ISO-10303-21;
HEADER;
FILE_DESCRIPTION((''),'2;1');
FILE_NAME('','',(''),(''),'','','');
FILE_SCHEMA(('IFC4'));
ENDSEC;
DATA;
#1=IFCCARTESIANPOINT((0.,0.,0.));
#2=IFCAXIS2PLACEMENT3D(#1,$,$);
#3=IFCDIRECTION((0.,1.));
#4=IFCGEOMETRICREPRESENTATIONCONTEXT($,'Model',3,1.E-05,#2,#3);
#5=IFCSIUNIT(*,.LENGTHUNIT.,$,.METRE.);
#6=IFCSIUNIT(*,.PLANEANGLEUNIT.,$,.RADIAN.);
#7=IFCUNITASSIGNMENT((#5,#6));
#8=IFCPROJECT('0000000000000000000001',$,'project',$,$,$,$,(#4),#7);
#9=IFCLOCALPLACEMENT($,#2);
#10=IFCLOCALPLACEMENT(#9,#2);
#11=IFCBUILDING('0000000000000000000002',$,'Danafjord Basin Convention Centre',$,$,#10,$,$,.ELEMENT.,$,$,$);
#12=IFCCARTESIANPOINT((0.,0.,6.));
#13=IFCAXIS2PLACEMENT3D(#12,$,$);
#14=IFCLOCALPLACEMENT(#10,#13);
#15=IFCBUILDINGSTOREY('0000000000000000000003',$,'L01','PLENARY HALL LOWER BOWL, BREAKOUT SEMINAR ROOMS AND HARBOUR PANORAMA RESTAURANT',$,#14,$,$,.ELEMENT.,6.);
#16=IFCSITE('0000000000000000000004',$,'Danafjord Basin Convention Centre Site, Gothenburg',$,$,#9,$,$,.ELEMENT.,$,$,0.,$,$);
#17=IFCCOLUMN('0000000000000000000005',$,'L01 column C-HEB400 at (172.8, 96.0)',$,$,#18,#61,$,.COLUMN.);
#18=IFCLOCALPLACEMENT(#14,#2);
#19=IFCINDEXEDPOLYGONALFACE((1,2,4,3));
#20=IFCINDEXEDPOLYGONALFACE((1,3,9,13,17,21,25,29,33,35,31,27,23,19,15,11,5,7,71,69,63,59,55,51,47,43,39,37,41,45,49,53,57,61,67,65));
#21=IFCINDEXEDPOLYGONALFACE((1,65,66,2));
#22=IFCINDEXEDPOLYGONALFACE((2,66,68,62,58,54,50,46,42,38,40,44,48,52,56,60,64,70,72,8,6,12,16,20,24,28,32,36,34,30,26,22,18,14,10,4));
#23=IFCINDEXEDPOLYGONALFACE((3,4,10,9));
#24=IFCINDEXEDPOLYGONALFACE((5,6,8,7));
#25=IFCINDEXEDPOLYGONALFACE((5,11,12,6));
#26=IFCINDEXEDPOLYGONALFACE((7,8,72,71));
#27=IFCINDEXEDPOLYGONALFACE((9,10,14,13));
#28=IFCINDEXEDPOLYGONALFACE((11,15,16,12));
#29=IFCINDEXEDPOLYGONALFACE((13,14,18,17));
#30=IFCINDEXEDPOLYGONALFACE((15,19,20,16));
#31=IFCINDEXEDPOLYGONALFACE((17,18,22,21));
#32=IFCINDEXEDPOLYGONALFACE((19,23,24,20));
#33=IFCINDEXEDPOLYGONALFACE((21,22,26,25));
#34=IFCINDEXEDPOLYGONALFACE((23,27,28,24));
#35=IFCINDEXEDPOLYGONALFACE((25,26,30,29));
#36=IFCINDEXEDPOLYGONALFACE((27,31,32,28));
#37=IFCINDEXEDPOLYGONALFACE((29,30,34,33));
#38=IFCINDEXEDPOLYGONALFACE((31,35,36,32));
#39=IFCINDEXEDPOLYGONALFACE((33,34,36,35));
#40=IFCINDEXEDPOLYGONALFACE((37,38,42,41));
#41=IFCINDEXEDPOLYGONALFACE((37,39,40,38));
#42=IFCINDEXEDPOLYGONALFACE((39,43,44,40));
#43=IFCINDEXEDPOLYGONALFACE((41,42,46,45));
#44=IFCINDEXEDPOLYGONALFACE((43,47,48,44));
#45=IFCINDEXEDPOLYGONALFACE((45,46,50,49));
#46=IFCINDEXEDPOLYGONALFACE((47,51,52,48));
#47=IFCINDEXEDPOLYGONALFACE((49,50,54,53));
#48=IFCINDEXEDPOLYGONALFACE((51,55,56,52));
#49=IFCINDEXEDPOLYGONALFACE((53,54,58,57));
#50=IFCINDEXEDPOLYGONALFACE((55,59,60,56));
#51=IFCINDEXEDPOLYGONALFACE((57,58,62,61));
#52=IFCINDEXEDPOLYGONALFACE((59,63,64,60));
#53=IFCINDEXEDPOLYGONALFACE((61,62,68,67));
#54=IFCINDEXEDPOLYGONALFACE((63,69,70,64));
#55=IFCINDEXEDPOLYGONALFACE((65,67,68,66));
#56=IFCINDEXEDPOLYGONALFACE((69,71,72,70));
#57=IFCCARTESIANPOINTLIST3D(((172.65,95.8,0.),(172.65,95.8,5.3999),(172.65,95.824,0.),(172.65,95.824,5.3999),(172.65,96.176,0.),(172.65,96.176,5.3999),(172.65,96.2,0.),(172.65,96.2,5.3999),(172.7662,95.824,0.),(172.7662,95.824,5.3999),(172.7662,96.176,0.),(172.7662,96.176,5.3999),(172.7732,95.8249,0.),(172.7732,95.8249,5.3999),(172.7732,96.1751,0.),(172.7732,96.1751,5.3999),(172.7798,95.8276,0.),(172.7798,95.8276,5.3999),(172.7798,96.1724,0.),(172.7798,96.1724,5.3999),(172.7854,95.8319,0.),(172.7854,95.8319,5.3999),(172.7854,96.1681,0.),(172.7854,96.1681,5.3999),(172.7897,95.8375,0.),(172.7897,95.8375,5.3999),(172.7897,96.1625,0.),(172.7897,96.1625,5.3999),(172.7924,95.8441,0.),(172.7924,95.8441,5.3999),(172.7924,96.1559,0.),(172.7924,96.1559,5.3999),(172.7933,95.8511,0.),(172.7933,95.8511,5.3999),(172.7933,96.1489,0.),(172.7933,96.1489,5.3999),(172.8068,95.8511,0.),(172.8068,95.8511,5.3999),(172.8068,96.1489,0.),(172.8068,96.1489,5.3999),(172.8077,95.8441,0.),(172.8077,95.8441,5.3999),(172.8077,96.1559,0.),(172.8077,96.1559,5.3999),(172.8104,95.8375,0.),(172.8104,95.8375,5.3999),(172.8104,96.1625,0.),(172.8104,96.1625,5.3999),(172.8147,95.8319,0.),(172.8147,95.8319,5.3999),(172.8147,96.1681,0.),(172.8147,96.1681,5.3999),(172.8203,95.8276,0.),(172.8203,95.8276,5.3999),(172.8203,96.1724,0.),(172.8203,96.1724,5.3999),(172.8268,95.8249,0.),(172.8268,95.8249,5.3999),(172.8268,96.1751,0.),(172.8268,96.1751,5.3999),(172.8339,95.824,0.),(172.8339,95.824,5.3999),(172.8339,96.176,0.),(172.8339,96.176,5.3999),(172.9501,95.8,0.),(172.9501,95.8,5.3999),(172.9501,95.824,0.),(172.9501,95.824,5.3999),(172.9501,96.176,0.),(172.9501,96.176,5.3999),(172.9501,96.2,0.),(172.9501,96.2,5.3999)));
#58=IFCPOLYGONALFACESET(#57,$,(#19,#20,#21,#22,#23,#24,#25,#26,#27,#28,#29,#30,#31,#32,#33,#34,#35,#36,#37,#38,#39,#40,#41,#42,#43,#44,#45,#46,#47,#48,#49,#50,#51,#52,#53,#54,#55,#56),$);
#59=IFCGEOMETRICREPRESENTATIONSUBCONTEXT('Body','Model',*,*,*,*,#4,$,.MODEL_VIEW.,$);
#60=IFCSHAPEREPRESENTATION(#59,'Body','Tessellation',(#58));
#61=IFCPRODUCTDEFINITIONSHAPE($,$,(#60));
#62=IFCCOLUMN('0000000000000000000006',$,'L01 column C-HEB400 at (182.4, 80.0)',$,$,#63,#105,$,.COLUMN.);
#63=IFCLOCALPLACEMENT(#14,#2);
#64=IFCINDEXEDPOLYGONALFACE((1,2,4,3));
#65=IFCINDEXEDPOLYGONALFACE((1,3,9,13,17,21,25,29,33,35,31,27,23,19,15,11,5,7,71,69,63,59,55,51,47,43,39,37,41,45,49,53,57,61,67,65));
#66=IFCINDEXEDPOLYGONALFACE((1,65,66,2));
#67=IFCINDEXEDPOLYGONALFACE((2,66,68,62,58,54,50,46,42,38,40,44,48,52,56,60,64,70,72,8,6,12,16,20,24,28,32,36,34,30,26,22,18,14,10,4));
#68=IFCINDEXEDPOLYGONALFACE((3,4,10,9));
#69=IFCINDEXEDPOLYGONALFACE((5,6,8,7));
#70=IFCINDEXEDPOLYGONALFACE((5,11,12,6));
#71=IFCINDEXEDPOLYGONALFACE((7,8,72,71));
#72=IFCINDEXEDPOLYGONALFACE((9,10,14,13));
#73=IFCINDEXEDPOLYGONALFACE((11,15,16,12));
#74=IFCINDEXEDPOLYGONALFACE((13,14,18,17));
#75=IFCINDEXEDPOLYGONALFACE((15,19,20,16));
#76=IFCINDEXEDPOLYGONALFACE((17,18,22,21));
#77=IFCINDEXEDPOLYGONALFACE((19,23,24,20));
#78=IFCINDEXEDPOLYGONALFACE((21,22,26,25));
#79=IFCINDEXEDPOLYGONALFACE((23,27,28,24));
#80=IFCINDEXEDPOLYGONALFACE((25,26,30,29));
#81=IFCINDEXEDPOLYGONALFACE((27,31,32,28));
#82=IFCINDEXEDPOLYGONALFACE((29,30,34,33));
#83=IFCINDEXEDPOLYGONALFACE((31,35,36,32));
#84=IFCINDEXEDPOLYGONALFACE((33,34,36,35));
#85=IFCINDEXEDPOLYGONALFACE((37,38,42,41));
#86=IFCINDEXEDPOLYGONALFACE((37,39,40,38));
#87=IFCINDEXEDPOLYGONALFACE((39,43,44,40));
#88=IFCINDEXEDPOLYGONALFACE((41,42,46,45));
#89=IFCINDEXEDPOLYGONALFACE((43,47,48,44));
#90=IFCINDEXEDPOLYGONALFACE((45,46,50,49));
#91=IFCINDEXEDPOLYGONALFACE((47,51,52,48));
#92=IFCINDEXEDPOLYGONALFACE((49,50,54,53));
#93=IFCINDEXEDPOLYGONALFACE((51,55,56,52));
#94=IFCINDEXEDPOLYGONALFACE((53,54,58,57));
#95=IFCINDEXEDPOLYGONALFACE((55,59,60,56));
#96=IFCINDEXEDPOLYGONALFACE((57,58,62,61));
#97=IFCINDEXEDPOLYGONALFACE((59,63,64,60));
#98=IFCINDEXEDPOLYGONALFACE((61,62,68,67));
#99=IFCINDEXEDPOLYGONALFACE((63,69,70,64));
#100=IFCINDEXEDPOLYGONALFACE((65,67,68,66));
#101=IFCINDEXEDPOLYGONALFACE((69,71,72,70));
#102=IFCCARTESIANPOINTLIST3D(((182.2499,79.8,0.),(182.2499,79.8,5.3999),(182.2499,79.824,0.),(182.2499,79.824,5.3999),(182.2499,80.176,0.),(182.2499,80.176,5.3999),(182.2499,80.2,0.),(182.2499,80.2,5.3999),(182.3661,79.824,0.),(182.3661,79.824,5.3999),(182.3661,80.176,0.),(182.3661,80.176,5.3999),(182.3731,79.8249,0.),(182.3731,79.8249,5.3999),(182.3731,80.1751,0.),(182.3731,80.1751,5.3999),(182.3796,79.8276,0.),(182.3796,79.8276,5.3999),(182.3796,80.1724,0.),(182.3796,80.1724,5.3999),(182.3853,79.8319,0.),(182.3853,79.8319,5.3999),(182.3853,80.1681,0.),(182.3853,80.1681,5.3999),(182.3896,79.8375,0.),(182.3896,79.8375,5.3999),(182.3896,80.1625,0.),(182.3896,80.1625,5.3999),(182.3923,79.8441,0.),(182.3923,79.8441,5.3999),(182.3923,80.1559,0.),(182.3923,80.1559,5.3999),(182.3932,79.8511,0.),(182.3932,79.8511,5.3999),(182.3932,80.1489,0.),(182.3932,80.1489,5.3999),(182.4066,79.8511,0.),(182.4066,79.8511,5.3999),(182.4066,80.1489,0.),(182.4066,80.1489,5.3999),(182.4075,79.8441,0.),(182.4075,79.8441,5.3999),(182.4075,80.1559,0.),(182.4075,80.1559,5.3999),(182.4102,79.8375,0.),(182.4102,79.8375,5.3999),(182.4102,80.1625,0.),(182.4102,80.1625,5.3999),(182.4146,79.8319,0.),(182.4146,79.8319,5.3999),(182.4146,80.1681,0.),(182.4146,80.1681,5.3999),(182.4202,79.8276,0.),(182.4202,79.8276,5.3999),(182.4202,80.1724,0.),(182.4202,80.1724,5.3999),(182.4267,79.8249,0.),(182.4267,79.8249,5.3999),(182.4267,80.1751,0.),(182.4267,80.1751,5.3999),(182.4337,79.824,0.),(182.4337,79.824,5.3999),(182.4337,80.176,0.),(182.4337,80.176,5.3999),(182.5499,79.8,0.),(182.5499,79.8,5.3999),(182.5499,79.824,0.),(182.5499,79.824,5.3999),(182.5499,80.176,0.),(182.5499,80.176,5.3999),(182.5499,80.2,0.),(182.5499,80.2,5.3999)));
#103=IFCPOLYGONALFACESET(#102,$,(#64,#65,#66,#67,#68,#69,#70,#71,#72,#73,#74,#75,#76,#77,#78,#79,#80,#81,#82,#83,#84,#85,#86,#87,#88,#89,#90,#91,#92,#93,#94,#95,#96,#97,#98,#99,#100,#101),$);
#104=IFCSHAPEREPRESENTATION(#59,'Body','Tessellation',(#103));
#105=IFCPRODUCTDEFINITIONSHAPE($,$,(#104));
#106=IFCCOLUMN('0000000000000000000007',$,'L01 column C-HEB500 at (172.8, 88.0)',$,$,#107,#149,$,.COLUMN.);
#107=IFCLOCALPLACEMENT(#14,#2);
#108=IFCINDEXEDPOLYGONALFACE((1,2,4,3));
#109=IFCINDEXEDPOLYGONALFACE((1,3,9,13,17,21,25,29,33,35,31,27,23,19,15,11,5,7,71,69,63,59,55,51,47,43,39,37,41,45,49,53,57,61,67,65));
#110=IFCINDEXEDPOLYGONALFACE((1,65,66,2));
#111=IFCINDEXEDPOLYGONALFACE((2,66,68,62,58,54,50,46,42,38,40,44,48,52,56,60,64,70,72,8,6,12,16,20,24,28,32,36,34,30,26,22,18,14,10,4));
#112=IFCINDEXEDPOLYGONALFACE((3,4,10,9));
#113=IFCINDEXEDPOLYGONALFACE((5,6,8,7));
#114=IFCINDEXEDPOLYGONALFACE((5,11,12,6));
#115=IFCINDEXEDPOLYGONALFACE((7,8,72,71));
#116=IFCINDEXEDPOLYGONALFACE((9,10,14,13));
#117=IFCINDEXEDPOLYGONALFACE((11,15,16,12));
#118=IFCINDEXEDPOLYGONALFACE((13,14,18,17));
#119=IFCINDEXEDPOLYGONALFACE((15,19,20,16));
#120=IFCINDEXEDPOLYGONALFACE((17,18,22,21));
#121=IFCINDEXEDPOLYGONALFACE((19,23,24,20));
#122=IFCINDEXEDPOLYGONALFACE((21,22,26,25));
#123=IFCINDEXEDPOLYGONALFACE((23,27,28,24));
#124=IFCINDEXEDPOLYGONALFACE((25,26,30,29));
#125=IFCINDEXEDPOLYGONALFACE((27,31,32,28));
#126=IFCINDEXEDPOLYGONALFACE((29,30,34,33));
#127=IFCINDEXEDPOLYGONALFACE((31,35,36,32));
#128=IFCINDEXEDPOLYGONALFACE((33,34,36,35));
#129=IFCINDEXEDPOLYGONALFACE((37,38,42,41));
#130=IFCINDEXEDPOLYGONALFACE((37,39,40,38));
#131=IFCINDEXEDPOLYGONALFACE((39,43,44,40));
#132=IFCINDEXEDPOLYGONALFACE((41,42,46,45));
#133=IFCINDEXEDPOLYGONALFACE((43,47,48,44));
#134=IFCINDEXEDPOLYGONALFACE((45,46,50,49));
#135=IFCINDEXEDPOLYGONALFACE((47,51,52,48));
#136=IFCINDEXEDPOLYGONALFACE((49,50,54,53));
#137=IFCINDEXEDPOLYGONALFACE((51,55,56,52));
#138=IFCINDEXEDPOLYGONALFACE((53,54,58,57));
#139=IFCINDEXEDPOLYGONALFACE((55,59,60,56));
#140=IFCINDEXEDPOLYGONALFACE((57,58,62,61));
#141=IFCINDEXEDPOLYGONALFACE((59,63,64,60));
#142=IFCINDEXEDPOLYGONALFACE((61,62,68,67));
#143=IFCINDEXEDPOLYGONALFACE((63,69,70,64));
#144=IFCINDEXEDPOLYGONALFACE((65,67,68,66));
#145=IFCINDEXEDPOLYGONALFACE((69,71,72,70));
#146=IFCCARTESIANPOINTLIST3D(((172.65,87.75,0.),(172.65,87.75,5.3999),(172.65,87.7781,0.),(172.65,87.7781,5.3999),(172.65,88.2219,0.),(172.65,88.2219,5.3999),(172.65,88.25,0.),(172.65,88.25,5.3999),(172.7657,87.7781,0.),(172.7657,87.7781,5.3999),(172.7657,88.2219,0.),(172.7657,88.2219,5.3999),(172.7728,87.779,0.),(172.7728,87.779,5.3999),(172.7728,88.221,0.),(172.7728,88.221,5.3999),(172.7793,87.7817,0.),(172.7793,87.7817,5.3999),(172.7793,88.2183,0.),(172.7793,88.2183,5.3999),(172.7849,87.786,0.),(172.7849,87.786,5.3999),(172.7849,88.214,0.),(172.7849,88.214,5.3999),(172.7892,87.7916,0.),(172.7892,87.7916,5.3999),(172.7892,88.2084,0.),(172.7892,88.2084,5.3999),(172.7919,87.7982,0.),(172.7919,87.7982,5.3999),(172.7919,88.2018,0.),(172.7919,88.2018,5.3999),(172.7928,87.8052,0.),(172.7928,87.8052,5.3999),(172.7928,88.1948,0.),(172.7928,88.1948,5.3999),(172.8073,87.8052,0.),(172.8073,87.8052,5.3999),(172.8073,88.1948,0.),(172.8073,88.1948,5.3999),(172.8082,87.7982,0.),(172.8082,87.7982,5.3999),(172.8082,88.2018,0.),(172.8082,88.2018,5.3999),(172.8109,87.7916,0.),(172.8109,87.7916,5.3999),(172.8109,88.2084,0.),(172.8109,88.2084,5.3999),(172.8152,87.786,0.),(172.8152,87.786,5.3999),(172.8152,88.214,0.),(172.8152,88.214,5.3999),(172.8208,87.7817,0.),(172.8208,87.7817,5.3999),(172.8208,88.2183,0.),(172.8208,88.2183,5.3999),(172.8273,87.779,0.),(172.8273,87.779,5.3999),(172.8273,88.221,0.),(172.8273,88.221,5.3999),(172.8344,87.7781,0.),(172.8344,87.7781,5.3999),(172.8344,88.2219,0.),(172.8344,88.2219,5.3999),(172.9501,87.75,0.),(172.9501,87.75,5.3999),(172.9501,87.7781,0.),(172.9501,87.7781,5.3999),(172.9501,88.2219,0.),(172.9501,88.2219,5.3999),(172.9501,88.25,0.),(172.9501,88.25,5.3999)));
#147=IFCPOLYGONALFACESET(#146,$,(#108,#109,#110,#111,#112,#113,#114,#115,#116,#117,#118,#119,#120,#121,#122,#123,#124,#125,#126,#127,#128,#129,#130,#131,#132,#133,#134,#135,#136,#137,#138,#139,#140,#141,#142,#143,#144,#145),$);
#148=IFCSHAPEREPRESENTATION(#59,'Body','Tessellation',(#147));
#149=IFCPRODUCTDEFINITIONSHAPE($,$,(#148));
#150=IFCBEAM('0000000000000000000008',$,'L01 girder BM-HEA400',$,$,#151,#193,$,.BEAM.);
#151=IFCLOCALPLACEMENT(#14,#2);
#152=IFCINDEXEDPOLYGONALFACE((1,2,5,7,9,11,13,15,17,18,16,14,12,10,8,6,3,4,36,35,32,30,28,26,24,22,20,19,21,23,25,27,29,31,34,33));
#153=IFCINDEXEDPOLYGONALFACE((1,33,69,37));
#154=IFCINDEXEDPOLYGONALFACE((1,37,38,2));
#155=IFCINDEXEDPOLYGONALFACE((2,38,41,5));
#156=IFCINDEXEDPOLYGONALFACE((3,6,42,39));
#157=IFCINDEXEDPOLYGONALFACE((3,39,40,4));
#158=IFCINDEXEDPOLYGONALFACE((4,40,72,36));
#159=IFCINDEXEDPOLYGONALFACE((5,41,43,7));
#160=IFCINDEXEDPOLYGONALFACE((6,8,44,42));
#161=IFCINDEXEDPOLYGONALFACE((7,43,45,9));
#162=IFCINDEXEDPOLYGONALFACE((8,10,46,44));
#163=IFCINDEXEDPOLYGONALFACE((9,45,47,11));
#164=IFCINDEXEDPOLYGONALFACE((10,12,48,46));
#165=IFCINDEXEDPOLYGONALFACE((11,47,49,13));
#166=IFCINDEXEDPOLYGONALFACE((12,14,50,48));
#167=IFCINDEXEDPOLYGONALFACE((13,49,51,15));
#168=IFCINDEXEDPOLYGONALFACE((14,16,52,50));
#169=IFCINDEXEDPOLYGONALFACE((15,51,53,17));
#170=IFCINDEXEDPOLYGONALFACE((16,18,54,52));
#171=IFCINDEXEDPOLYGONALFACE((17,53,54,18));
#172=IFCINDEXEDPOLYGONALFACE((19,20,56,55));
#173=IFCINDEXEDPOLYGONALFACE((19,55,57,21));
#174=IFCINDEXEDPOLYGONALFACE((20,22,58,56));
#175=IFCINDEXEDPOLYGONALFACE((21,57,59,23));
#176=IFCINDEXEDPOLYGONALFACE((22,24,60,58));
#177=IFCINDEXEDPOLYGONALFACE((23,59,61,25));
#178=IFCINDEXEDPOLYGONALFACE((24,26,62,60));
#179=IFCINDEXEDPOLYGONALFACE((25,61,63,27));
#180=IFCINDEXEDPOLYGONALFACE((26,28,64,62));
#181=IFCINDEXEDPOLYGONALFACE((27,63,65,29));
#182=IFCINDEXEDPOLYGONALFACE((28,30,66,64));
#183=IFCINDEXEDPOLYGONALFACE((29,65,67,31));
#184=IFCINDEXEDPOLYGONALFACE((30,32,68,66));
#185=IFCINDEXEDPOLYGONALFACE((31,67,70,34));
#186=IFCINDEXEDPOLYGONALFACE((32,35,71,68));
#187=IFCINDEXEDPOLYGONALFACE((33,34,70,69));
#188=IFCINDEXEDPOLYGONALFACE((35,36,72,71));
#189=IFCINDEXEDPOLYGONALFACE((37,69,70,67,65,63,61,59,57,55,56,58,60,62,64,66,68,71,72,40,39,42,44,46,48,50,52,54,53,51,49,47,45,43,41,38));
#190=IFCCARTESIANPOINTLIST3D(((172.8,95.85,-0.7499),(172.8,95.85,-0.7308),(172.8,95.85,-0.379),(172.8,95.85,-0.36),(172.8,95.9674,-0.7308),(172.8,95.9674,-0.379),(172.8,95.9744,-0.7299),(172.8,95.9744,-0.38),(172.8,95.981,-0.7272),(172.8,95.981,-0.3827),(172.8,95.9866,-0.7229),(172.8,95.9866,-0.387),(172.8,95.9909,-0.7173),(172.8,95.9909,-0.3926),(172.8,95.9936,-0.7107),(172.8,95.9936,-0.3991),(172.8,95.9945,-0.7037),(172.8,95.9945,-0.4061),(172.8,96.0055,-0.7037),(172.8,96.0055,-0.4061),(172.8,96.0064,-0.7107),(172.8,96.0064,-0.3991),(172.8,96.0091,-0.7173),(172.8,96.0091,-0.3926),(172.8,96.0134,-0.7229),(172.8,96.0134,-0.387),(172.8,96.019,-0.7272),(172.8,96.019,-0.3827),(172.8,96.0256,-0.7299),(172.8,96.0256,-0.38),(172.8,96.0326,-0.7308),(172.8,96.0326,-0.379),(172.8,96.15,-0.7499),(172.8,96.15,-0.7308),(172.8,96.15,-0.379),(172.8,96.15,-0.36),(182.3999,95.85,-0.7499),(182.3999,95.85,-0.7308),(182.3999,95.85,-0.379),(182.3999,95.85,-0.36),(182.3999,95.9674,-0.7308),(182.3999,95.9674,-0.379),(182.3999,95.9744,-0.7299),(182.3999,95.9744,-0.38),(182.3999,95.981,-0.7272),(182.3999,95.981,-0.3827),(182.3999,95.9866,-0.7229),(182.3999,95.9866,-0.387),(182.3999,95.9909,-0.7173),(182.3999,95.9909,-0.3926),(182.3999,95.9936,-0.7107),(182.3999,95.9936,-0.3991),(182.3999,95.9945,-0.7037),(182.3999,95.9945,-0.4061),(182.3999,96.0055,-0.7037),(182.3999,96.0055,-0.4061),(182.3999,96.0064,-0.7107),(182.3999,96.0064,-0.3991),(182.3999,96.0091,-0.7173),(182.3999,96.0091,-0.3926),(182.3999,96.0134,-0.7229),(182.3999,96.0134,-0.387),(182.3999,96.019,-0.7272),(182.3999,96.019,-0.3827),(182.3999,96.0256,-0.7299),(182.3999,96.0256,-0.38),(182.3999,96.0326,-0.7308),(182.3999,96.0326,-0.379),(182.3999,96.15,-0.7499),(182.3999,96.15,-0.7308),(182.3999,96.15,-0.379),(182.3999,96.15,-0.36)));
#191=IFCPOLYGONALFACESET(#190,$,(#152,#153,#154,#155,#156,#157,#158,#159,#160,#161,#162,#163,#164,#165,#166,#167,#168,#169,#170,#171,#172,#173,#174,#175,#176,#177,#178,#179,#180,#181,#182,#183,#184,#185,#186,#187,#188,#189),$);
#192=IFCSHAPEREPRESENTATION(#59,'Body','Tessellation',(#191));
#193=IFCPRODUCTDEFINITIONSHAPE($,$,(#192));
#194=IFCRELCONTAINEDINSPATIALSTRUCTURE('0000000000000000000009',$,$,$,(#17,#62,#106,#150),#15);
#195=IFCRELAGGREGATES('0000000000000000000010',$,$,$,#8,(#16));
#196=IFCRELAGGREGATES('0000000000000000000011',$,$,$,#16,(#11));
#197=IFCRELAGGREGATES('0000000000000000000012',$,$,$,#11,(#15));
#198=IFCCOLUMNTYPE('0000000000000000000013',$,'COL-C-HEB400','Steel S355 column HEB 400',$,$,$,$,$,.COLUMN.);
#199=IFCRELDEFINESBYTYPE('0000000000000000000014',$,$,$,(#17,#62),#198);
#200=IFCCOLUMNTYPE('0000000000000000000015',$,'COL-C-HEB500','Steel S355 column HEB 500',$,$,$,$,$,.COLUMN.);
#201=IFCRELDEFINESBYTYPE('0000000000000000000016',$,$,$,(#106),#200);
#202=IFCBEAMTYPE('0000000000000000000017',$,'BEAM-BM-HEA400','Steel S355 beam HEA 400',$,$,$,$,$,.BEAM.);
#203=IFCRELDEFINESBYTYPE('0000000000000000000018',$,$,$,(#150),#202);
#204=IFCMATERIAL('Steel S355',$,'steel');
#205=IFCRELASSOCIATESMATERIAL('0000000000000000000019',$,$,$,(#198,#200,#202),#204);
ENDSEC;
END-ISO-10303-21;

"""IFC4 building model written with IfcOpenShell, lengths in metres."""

from ifc_helpers import new_model, si_unit, direction, frame, origin, origin_2d, place, context, subcontext, project, spatial, i_section, extrude, material, material_profile, profile_set, type_object, element, save


model = new_model("IFC4")

# Units and contexts
model_context = context("Model", 3, precision=1e-05, world=origin(), true_north=direction((0.0, 1.0)))
body_context = subcontext(model_context, "Body", "Model", "MODEL_VIEW")
ifc_project = project(units=[si_unit("LENGTHUNIT", "METRE"), si_unit("PLANEANGLEUNIT", "RADIAN")], contexts=[model_context])

# Site, building, storey
site_placement = place(None, origin())
site = spatial("IfcSite", under=ifc_project, at=site_placement, Name="Danafjord Basin Convention Centre Site, Gothenburg", CompositionType="ELEMENT", RefElevation=0.0)
building_placement = place(site_placement, origin())
building = spatial("IfcBuilding", under=site, at=building_placement, Name="Danafjord Basin Convention Centre", CompositionType="ELEMENT")
storey_placement = place(building_placement, frame((0.0, 0.0, 6.0)))
storey = spatial("IfcBuildingStorey", under=building, at=storey_placement, Name="L01", Description="PLENARY HALL LOWER BOWL, BREAKOUT SEMINAR ROOMS AND HARBOUR PANORAMA RESTAURANT", CompositionType="ELEMENT", Elevation=6.0)

# Columns
ifc_material_1 = material(Name="Steel S355", Category="steel")
ifc_material_profile_1 = material_profile(ifc_material_1, i_section(OverallWidth=0.3, OverallDepth=0.3999, WebThickness=0.0134, FlangeThickness=0.0239, FilletRadius=0.0271, at=origin_2d()), Name="HEB 400")
ifc_profile_set_1 = profile_set([ifc_material_profile_1], Name="Steel S355")
column_type_1 = type_object("IfcColumnType", Name="COL-C-HEB400", Description="Steel S355 column HEB 400", PredefinedType="COLUMN", material=ifc_profile_set_1)
for number, where, z_axis, x_axis, name in (
    (1, (172.8, 96.0, 0.0), (0.0, 0.0, 1.0), (1.0, 0.0, 0.0), "L01 column C-HEB400 at (172.8, 96.0)"),
    (2, (182.3999, 80.0, 0.0), (0.0, 0.0, 1.0), (1.0, 0.0, 0.0), "L01 column C-HEB400 at (182.4, 80.0)"),
):
    element("IfcColumn", number, at=place(storey_placement, frame(where, z_axis=z_axis, x_axis=x_axis)), inside=storey, type_object=column_type_1, Name=name, PredefinedType="COLUMN", context=body_context, shape_type="SweptSolid", body=[
        extrude(i_section(OverallWidth=0.3, OverallDepth=0.3999, WebThickness=0.0134, FlangeThickness=0.0239, FilletRadius=0.0271, at=origin_2d()), origin(), (0.0, 0.0, 1.0), 5.3999),
    ])
ifc_material_profile_2 = material_profile(ifc_material_1, i_section(OverallWidth=0.3, OverallDepth=0.5, WebThickness=0.0144, FlangeThickness=0.0281, FilletRadius=0.0271, at=origin_2d()), Name="HEB 500")
ifc_profile_set_2 = profile_set([ifc_material_profile_2], Name="Steel S355")
column_type_2 = type_object("IfcColumnType", Name="COL-C-HEB500", Description="Steel S355 column HEB 500", PredefinedType="COLUMN", material=ifc_profile_set_2)
column_1_placement = place(storey_placement, frame((172.8, 88.0, 0.0), z_axis=(0.0, 0.0, 1.0), x_axis=(1.0, 0.0, 0.0)))
element("IfcColumn", 3, at=column_1_placement, inside=storey, type_object=column_type_2, Name="L01 column C-HEB500 at (172.8, 88.0)", PredefinedType="COLUMN", context=body_context, shape_type="SweptSolid", body=[
    extrude(i_section(OverallWidth=0.3, OverallDepth=0.5, WebThickness=0.0144, FlangeThickness=0.0281, FilletRadius=0.0271, at=origin_2d()), origin(), (0.0, 0.0, 1.0), 5.3999),
])

# Beam
ifc_material_profile_3 = material_profile(ifc_material_1, i_section(OverallWidth=0.3, OverallDepth=0.3899, WebThickness=0.011, FlangeThickness=0.019, FilletRadius=0.0271, at=origin_2d()), Name="HEA 400")
ifc_profile_set_3 = profile_set([ifc_material_profile_3], Name="Steel S355")
beam_type_1 = type_object("IfcBeamType", Name="BEAM-BM-HEA400", Description="Steel S355 beam HEA 400", PredefinedType="BEAM", material=ifc_profile_set_3)
beam_1_placement = place(storey_placement, frame((172.8, 96.0, -0.5549), z_axis=(1.0, 0.0, 0.0), x_axis=(0.0, 1.0, 0.0)))
element("IfcBeam", 4, at=beam_1_placement, inside=storey, type_object=beam_type_1, Name="L01 girder BM-HEA400", PredefinedType="BEAM", context=body_context, shape_type="SweptSolid", body=[
    extrude(i_section(OverallWidth=0.3, OverallDepth=0.3899, WebThickness=0.011, FlangeThickness=0.019, FilletRadius=0.0271, at=origin_2d()), origin(), (0.0, 0.0, 1.0), 9.5999),
])

save(model, "model.ifc")
